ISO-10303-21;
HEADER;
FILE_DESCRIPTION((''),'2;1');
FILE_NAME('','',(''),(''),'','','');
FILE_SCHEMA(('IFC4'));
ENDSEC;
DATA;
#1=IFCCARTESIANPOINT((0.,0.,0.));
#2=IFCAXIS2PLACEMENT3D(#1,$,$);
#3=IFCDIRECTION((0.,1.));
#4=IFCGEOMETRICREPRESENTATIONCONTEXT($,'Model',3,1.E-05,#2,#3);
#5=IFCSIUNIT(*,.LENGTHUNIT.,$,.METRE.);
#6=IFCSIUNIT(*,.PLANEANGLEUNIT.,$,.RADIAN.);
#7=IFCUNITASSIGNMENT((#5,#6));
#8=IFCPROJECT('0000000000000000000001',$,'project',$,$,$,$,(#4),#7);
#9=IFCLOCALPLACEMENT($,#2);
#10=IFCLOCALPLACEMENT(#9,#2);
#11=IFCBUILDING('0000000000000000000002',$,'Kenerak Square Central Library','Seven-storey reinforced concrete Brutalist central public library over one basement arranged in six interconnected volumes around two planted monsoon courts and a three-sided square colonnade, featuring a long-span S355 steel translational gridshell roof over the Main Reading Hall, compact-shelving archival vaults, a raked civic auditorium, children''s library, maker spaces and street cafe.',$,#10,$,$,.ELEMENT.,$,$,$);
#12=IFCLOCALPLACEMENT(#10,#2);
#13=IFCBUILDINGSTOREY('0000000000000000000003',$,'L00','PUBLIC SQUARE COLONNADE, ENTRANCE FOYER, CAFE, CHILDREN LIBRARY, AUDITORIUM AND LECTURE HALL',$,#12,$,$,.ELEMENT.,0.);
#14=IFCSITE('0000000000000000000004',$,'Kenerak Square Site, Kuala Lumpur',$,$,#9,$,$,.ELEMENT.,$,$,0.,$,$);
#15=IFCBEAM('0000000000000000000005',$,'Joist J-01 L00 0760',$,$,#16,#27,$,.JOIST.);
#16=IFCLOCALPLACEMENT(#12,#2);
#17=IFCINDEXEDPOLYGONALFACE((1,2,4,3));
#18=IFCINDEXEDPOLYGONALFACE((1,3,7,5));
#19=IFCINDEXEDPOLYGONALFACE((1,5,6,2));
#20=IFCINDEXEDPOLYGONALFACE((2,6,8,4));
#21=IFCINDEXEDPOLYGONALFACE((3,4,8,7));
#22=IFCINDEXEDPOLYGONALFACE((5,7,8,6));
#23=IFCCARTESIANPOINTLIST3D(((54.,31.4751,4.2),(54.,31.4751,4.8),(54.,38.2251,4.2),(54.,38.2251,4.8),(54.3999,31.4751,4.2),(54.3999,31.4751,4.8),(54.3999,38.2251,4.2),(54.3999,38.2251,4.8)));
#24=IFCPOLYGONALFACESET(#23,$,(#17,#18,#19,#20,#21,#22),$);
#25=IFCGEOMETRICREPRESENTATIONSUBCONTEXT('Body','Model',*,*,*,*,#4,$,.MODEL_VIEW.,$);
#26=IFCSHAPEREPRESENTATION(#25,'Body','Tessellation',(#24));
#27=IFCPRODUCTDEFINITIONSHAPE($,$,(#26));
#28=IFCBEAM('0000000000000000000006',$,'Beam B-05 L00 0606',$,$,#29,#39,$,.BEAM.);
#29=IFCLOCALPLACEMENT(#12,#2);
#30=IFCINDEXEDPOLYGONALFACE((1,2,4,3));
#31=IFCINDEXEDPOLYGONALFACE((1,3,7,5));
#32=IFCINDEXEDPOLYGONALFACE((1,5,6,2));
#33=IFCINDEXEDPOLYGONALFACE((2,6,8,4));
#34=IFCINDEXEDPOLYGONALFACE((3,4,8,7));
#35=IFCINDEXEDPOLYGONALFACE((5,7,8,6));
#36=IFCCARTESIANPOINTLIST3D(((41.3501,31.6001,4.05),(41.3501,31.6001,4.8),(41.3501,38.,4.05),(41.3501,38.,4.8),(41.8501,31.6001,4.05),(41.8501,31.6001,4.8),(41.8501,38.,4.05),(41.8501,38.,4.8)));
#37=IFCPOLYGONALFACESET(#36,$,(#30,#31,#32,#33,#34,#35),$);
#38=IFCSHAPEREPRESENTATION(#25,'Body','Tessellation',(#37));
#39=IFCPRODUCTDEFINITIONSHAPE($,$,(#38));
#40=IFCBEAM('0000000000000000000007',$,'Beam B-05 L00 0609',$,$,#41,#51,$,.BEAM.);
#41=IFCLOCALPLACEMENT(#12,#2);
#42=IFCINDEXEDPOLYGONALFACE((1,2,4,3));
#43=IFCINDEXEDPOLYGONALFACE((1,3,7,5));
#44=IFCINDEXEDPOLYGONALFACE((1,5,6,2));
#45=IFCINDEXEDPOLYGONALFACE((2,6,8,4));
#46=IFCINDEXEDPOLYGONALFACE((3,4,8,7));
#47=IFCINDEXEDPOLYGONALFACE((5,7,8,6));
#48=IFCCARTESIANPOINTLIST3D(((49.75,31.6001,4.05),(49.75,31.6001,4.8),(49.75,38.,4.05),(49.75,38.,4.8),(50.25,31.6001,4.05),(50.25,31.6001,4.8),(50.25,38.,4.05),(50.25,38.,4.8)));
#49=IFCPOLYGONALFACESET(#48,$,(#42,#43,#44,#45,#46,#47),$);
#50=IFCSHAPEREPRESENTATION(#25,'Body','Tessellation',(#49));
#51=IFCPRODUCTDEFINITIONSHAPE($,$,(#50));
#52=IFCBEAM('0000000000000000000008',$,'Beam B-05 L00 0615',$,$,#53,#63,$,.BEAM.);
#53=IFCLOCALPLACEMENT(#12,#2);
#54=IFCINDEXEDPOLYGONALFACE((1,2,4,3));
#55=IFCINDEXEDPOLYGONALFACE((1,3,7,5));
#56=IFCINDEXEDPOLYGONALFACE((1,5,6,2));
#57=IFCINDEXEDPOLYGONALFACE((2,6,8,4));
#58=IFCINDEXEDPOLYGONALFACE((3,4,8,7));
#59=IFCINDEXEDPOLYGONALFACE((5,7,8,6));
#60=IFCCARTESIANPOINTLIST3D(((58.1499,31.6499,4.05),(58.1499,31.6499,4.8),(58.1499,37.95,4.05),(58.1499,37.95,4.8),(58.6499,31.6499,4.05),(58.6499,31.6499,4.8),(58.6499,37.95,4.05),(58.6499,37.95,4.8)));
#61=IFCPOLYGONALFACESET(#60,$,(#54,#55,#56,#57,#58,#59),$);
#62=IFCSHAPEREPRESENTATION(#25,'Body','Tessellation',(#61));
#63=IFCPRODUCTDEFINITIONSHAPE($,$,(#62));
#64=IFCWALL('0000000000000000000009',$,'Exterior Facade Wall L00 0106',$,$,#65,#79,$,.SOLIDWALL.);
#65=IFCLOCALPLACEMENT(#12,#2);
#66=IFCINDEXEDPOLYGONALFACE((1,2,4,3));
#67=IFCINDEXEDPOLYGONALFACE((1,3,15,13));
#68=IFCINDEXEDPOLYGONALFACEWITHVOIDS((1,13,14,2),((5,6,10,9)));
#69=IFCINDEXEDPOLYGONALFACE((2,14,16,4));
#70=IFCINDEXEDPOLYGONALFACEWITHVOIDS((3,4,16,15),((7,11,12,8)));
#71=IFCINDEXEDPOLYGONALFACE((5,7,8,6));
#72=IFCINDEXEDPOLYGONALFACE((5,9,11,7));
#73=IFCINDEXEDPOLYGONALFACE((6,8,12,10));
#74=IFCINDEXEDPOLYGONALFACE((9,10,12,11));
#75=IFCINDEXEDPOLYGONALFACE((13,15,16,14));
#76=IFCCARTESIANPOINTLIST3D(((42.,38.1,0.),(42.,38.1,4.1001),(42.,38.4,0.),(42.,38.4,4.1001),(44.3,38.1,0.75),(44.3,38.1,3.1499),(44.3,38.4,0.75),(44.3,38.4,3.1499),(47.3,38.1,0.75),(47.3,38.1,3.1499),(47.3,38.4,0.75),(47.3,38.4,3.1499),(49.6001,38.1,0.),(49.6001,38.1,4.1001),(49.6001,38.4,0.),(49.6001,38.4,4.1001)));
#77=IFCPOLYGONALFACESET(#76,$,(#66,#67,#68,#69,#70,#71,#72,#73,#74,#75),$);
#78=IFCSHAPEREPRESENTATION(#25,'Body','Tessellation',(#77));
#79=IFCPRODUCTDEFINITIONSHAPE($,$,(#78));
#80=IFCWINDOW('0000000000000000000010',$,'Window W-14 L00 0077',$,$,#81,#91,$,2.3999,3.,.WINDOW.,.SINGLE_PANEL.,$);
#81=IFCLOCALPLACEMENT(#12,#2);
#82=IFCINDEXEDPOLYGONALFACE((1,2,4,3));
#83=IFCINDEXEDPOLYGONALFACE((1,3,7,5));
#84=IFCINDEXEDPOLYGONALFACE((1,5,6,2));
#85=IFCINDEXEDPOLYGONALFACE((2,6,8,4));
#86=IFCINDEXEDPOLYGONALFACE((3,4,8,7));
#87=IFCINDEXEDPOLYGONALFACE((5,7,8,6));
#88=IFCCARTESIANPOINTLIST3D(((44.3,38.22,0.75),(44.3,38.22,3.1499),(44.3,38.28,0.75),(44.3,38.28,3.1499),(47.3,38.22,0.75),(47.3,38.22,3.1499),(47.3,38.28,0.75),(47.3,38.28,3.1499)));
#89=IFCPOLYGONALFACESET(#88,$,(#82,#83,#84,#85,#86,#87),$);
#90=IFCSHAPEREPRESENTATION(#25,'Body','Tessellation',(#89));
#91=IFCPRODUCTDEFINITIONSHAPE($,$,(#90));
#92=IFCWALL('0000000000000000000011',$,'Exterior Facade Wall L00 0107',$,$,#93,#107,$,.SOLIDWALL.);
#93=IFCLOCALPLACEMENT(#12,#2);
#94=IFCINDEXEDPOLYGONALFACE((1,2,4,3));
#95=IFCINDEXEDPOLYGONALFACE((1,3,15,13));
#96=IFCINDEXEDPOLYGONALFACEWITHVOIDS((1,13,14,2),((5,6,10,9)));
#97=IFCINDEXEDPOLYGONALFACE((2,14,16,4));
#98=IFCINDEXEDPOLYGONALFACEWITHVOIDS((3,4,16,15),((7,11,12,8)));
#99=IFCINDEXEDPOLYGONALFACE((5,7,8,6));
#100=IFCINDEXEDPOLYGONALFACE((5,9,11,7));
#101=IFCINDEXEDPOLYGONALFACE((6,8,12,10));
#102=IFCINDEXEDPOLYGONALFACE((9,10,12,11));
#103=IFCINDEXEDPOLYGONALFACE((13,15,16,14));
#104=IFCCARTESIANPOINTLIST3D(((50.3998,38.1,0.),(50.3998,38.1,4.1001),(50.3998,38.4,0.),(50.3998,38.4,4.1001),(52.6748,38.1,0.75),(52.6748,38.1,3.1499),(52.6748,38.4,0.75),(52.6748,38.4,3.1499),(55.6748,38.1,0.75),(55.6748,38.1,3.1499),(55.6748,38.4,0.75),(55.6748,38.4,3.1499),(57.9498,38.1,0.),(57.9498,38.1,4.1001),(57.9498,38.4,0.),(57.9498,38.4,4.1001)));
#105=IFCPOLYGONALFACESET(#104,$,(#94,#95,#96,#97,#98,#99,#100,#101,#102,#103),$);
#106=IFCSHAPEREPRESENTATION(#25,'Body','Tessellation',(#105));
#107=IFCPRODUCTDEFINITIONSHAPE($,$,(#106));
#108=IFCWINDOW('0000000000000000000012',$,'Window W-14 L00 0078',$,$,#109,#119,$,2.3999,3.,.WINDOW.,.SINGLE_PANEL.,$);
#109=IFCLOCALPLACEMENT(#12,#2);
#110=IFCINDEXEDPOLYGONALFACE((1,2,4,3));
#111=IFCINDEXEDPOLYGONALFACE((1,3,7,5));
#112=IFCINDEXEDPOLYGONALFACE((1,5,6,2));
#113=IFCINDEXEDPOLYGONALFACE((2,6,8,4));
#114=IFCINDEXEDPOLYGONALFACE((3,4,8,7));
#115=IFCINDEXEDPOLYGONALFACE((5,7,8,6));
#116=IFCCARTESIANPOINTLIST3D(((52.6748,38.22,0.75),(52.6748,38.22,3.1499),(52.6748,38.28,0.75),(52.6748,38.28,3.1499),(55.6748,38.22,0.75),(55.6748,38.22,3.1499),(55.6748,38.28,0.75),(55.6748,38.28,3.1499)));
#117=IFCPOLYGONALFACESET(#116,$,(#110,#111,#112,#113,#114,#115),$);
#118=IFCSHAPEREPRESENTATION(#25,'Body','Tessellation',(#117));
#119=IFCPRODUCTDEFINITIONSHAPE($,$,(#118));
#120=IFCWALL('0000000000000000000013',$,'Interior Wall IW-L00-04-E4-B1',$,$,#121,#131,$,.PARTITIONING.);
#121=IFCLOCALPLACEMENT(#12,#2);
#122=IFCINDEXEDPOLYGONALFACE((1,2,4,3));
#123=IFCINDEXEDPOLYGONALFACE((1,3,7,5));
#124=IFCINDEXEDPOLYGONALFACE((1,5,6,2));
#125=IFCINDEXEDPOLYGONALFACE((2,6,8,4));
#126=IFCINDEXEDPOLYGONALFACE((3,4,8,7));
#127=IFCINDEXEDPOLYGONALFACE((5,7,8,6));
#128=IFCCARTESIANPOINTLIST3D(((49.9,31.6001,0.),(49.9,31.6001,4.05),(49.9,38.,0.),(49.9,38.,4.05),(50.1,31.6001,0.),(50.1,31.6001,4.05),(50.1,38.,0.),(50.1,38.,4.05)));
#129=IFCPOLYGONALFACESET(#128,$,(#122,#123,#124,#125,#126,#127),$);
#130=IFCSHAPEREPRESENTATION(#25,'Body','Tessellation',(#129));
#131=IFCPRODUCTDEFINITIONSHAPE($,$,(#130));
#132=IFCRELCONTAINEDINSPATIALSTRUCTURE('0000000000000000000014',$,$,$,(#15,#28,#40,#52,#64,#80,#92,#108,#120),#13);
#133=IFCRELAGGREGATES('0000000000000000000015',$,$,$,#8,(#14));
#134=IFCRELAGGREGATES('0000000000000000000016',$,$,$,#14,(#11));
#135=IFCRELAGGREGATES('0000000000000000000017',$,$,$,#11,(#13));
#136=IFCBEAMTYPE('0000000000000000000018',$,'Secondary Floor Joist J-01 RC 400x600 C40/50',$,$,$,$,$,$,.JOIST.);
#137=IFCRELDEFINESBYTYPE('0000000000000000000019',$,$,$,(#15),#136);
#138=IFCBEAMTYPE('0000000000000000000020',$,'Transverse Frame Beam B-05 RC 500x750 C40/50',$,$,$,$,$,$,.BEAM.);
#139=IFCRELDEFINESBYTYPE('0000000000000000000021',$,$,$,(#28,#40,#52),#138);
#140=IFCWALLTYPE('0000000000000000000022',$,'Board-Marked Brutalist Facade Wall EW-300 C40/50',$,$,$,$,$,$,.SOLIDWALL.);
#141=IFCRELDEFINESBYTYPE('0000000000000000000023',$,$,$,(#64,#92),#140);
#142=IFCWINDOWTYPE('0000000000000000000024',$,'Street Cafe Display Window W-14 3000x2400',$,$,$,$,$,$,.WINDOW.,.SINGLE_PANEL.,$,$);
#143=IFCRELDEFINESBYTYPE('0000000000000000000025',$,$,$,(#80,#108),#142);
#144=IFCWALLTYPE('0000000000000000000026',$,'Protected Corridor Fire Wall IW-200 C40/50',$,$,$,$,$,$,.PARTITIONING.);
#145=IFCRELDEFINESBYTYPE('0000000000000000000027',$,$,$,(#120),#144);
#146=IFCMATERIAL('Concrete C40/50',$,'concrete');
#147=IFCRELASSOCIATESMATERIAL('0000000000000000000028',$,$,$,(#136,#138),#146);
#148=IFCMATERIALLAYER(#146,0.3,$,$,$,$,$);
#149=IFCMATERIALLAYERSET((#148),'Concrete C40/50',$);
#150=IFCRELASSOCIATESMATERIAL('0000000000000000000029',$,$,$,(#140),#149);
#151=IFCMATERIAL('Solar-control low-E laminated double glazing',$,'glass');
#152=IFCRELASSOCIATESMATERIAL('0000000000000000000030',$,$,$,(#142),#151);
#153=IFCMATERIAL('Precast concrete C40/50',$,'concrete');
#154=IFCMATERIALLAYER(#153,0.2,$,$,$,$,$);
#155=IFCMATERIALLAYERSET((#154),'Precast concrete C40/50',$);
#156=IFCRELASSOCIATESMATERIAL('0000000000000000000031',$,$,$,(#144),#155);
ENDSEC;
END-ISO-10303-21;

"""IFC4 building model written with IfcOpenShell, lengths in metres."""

from ifc_helpers import new_model, si_unit, direction, frame, frame_2d, origin, origin_2d, place, context, subcontext, project, spatial, rectangle, extrude, material, layer, layer_set, material_profile, profile_set, type_object, element, fill, save


model = new_model("IFC4")

# Units and contexts
model_context = context("Model", 3, precision=1e-05, world=origin(), true_north=direction((0.0, 1.0)))
body_context = subcontext(model_context, "Body", "Model", "MODEL_VIEW")
ifc_project = project(units=[si_unit("LENGTHUNIT", "METRE"), si_unit("PLANEANGLEUNIT", "RADIAN")], contexts=[model_context])

# Site, building, storey
site_placement = place(None, origin())
site = spatial("IfcSite", under=ifc_project, at=site_placement, Name="Kenerak Square Site, Kuala Lumpur", CompositionType="ELEMENT", RefElevation=0.0)
building_placement = place(site_placement, origin())
building = spatial("IfcBuilding", under=site, at=building_placement, Name="Kenerak Square Central Library", Description="Seven-storey reinforced concrete Brutalist central public library over one basement arranged in six interconnected volumes around two planted monsoon courts and a three-sided square colonnade, featuring a long-span S355 steel translational gridshell roof over the Main Reading Hall, compact-shelving archival vaults, a raked civic auditorium, children's library, maker spaces and street cafe.", CompositionType="ELEMENT")
storey_placement = place(building_placement, origin())
storey = spatial("IfcBuildingStorey", under=building, at=storey_placement, Name="L00", Description="PUBLIC SQUARE COLONNADE, ENTRANCE FOYER, CAFE, CHILDREN LIBRARY, AUDITORIUM AND LECTURE HALL", CompositionType="ELEMENT", Elevation=0.0)

# Shared definitions
ifc_material_1 = material(Name="Concrete C40/50", Category="concrete")

# Beams
ifc_material_profile_1 = material_profile(ifc_material_1, rectangle(XDim=0.3999, YDim=0.6001, at=origin_2d()), Name="RC 400x600")
ifc_profile_set_1 = profile_set([ifc_material_profile_1], Name="Concrete C40/50")
beam_type_1 = type_object("IfcBeamType", Name="Secondary Floor Joist J-01 RC 400x600 C40/50", PredefinedType="JOIST", material=ifc_profile_set_1)
for number, where, z_axis, x_axis, name in (
    (1, (54.2, 31.4751, 4.5), (0.0, 1.0, 0.0), (-1.0, 0.0, 0.0), "Joist J-01 L00 0760"),
):
    element("IfcBeam", number, at=place(storey_placement, frame(where, z_axis=z_axis, x_axis=x_axis)), inside=storey, type_object=beam_type_1, Name=name, PredefinedType="JOIST", context=body_context, shape_type="SweptSolid", body=[
        extrude(rectangle(XDim=0.3999, YDim=0.6001, at=origin_2d()), origin(), (0.0, 0.0, 1.0), 6.75),
    ])
ifc_material_profile_2 = material_profile(ifc_material_1, rectangle(XDim=0.5, YDim=0.75, at=origin_2d()), Name="RC 500x750")
ifc_profile_set_2 = profile_set([ifc_material_profile_2], Name="Concrete C40/50")
beam_type_2 = type_object("IfcBeamType", Name="Transverse Frame Beam B-05 RC 500x750 C40/50", PredefinedType="BEAM", material=ifc_profile_set_2)
for number, where, z_axis, x_axis, name in (
    (2, (41.6001, 31.6001, 4.425), (0.0, 1.0, 0.0), (-1.0, 0.0, 0.0), "Beam B-05 L00 0606"),
    (3, (50.0, 31.6001, 4.425), (0.0, 1.0, 0.0), (-1.0, 0.0, 0.0), "Beam B-05 L00 0609"),
):
    element("IfcBeam", number, at=place(storey_placement, frame(where, z_axis=z_axis, x_axis=x_axis)), inside=storey, type_object=beam_type_2, Name=name, PredefinedType="BEAM", context=body_context, shape_type="SweptSolid", body=[
        extrude(rectangle(XDim=0.5, YDim=0.75, at=origin_2d()), origin(), (0.0, 0.0, 1.0), 6.3999),
    ])
beam_1_placement = place(storey_placement, frame((58.3999, 31.6499, 4.425), z_axis=(0.0, 1.0, 0.0), x_axis=(-1.0, 0.0, 0.0)))
element("IfcBeam", 4, at=beam_1_placement, inside=storey, type_object=beam_type_2, Name="Beam B-05 L00 0615", PredefinedType="BEAM", context=body_context, shape_type="SweptSolid", body=[
    extrude(rectangle(XDim=0.5, YDim=0.75, at=origin_2d()), origin(), (0.0, 0.0, 1.0), 6.3),
])

# Walls, openings, windows
ifc_layer_1 = layer(ifc_material_1, 0.3)
ifc_layer_set_1 = layer_set([ifc_layer_1], Name="Concrete C40/50")
wall_type_1 = type_object("IfcWallType", Name="Board-Marked Brutalist Facade Wall EW-300 C40/50", PredefinedType="SOLIDWALL", material=ifc_layer_set_1)
wall_1_placement = place(storey_placement, frame((42.0, 38.25, 0.0), z_axis=(0.0, 0.0, 1.0), x_axis=(1.0, 0.0, 0.0)))
wall_1 = element("IfcWall", 5, at=wall_1_placement, inside=storey, type_object=wall_type_1, Name="Exterior Facade Wall L00 0106", PredefinedType="SOLIDWALL", context=body_context, shape_type="SweptSolid", body=[
    extrude(rectangle(XDim=7.6001, YDim=0.3, at=frame_2d((3.8, 0.0))), origin(), (0.0, 0.0, 1.0), 4.1001),
])
opening_1_placement = place(wall_1_placement, frame((2.3, 0.0, 0.75)))
opening_1 = element("IfcOpeningElement", 6, at=opening_1_placement, cuts=wall_1, PredefinedType="OPENING", context=body_context, shape_type="SweptSolid", body=[
    extrude(rectangle(XDim=3.0, YDim=2.3999, at=frame_2d((1.5, 1.2))), frame((0.0, 0.1599, 0.0), z_axis=(0.0, -1.0, 0.0), x_axis=(1.0, 0.0, 0.0)), (0.0, 0.0, 1.0), 0.3201),
])
ifc_material_2 = material(Name="Solar-control low-E laminated double glazing", Category="glass")
window_type = type_object("IfcWindowType", Name="Street Cafe Display Window W-14 3000x2400", PartitioningType="SINGLE_PANEL", PredefinedType="WINDOW", material=ifc_material_2)
window_1_placement = place(opening_1_placement, origin())
window_1 = element("IfcWindow", 7, at=window_1_placement, inside=storey, type_object=window_type, Name="Window W-14 L00 0077", OverallHeight=2.3999, OverallWidth=3.0, PartitioningType="SINGLE_PANEL", PredefinedType="WINDOW", context=body_context, shape_type="SweptSolid", body=[
    extrude(rectangle(XDim=3.0, YDim=2.3999, at=frame_2d((1.5, 1.2))), frame((0.0, 0.03, 0.0), z_axis=(0.0, -1.0, 0.0), x_axis=(1.0, 0.0, 0.0)), (0.0, 0.0, 1.0), 0.0601),
])
fill(opening_1, window_1)
wall_2_placement = place(storey_placement, frame((50.3999, 38.25, 0.0), z_axis=(0.0, 0.0, 1.0), x_axis=(1.0, 0.0, 0.0)))
wall_2 = element("IfcWall", 8, at=wall_2_placement, inside=storey, type_object=wall_type_1, Name="Exterior Facade Wall L00 0107", PredefinedType="SOLIDWALL", context=body_context, shape_type="SweptSolid", body=[
    extrude(rectangle(XDim=7.55, YDim=0.3, at=frame_2d((3.7749, 0.0))), origin(), (0.0, 0.0, 1.0), 4.1001),
])
opening_2_placement = place(wall_2_placement, frame((2.2749, 0.0, 0.75)))
opening_2 = element("IfcOpeningElement", 9, at=opening_2_placement, cuts=wall_2, PredefinedType="OPENING", context=body_context, shape_type="SweptSolid", body=[
    extrude(rectangle(XDim=3.0, YDim=2.3999, at=frame_2d((1.5, 1.2))), frame((0.0, 0.1599, 0.0), z_axis=(0.0, -1.0, 0.0), x_axis=(1.0, 0.0, 0.0)), (0.0, 0.0, 1.0), 0.3201),
])
window_2_placement = place(opening_2_placement, origin())
window_2 = element("IfcWindow", 10, at=window_2_placement, inside=storey, type_object=window_type, Name="Window W-14 L00 0078", OverallHeight=2.3999, OverallWidth=3.0, PartitioningType="SINGLE_PANEL", PredefinedType="WINDOW", context=body_context, shape_type="SweptSolid", body=[
    extrude(rectangle(XDim=3.0, YDim=2.3999, at=frame_2d((1.5, 1.2))), frame((0.0, 0.03, 0.0), z_axis=(0.0, -1.0, 0.0), x_axis=(1.0, 0.0, 0.0)), (0.0, 0.0, 1.0), 0.0601),
])
fill(opening_2, window_2)

# Wall
ifc_material_3 = material(Name="Precast concrete C40/50", Category="concrete")
ifc_layer_2 = layer(ifc_material_3, 0.2)
ifc_layer_set_2 = layer_set([ifc_layer_2], Name="Precast concrete C40/50")
wall_type_2 = type_object("IfcWallType", Name="Protected Corridor Fire Wall IW-200 C40/50", PredefinedType="PARTITIONING", material=ifc_layer_set_2)
wall_3_placement = place(storey_placement, frame((50.0, 38.0, 0.0), z_axis=(0.0, 0.0, 1.0), x_axis=(0.0, -1.0, 0.0)))
element("IfcWall", 11, at=wall_3_placement, inside=storey, type_object=wall_type_2, Name="Interior Wall IW-L00-04-E4-B1", PredefinedType="PARTITIONING", context=body_context, shape_type="SweptSolid", body=[
    extrude(rectangle(XDim=6.3999, YDim=0.2, at=frame_2d((3.2, 0.0))), origin(), (0.0, 0.0, 1.0), 4.05),
])

save(model, "model.ifc")
